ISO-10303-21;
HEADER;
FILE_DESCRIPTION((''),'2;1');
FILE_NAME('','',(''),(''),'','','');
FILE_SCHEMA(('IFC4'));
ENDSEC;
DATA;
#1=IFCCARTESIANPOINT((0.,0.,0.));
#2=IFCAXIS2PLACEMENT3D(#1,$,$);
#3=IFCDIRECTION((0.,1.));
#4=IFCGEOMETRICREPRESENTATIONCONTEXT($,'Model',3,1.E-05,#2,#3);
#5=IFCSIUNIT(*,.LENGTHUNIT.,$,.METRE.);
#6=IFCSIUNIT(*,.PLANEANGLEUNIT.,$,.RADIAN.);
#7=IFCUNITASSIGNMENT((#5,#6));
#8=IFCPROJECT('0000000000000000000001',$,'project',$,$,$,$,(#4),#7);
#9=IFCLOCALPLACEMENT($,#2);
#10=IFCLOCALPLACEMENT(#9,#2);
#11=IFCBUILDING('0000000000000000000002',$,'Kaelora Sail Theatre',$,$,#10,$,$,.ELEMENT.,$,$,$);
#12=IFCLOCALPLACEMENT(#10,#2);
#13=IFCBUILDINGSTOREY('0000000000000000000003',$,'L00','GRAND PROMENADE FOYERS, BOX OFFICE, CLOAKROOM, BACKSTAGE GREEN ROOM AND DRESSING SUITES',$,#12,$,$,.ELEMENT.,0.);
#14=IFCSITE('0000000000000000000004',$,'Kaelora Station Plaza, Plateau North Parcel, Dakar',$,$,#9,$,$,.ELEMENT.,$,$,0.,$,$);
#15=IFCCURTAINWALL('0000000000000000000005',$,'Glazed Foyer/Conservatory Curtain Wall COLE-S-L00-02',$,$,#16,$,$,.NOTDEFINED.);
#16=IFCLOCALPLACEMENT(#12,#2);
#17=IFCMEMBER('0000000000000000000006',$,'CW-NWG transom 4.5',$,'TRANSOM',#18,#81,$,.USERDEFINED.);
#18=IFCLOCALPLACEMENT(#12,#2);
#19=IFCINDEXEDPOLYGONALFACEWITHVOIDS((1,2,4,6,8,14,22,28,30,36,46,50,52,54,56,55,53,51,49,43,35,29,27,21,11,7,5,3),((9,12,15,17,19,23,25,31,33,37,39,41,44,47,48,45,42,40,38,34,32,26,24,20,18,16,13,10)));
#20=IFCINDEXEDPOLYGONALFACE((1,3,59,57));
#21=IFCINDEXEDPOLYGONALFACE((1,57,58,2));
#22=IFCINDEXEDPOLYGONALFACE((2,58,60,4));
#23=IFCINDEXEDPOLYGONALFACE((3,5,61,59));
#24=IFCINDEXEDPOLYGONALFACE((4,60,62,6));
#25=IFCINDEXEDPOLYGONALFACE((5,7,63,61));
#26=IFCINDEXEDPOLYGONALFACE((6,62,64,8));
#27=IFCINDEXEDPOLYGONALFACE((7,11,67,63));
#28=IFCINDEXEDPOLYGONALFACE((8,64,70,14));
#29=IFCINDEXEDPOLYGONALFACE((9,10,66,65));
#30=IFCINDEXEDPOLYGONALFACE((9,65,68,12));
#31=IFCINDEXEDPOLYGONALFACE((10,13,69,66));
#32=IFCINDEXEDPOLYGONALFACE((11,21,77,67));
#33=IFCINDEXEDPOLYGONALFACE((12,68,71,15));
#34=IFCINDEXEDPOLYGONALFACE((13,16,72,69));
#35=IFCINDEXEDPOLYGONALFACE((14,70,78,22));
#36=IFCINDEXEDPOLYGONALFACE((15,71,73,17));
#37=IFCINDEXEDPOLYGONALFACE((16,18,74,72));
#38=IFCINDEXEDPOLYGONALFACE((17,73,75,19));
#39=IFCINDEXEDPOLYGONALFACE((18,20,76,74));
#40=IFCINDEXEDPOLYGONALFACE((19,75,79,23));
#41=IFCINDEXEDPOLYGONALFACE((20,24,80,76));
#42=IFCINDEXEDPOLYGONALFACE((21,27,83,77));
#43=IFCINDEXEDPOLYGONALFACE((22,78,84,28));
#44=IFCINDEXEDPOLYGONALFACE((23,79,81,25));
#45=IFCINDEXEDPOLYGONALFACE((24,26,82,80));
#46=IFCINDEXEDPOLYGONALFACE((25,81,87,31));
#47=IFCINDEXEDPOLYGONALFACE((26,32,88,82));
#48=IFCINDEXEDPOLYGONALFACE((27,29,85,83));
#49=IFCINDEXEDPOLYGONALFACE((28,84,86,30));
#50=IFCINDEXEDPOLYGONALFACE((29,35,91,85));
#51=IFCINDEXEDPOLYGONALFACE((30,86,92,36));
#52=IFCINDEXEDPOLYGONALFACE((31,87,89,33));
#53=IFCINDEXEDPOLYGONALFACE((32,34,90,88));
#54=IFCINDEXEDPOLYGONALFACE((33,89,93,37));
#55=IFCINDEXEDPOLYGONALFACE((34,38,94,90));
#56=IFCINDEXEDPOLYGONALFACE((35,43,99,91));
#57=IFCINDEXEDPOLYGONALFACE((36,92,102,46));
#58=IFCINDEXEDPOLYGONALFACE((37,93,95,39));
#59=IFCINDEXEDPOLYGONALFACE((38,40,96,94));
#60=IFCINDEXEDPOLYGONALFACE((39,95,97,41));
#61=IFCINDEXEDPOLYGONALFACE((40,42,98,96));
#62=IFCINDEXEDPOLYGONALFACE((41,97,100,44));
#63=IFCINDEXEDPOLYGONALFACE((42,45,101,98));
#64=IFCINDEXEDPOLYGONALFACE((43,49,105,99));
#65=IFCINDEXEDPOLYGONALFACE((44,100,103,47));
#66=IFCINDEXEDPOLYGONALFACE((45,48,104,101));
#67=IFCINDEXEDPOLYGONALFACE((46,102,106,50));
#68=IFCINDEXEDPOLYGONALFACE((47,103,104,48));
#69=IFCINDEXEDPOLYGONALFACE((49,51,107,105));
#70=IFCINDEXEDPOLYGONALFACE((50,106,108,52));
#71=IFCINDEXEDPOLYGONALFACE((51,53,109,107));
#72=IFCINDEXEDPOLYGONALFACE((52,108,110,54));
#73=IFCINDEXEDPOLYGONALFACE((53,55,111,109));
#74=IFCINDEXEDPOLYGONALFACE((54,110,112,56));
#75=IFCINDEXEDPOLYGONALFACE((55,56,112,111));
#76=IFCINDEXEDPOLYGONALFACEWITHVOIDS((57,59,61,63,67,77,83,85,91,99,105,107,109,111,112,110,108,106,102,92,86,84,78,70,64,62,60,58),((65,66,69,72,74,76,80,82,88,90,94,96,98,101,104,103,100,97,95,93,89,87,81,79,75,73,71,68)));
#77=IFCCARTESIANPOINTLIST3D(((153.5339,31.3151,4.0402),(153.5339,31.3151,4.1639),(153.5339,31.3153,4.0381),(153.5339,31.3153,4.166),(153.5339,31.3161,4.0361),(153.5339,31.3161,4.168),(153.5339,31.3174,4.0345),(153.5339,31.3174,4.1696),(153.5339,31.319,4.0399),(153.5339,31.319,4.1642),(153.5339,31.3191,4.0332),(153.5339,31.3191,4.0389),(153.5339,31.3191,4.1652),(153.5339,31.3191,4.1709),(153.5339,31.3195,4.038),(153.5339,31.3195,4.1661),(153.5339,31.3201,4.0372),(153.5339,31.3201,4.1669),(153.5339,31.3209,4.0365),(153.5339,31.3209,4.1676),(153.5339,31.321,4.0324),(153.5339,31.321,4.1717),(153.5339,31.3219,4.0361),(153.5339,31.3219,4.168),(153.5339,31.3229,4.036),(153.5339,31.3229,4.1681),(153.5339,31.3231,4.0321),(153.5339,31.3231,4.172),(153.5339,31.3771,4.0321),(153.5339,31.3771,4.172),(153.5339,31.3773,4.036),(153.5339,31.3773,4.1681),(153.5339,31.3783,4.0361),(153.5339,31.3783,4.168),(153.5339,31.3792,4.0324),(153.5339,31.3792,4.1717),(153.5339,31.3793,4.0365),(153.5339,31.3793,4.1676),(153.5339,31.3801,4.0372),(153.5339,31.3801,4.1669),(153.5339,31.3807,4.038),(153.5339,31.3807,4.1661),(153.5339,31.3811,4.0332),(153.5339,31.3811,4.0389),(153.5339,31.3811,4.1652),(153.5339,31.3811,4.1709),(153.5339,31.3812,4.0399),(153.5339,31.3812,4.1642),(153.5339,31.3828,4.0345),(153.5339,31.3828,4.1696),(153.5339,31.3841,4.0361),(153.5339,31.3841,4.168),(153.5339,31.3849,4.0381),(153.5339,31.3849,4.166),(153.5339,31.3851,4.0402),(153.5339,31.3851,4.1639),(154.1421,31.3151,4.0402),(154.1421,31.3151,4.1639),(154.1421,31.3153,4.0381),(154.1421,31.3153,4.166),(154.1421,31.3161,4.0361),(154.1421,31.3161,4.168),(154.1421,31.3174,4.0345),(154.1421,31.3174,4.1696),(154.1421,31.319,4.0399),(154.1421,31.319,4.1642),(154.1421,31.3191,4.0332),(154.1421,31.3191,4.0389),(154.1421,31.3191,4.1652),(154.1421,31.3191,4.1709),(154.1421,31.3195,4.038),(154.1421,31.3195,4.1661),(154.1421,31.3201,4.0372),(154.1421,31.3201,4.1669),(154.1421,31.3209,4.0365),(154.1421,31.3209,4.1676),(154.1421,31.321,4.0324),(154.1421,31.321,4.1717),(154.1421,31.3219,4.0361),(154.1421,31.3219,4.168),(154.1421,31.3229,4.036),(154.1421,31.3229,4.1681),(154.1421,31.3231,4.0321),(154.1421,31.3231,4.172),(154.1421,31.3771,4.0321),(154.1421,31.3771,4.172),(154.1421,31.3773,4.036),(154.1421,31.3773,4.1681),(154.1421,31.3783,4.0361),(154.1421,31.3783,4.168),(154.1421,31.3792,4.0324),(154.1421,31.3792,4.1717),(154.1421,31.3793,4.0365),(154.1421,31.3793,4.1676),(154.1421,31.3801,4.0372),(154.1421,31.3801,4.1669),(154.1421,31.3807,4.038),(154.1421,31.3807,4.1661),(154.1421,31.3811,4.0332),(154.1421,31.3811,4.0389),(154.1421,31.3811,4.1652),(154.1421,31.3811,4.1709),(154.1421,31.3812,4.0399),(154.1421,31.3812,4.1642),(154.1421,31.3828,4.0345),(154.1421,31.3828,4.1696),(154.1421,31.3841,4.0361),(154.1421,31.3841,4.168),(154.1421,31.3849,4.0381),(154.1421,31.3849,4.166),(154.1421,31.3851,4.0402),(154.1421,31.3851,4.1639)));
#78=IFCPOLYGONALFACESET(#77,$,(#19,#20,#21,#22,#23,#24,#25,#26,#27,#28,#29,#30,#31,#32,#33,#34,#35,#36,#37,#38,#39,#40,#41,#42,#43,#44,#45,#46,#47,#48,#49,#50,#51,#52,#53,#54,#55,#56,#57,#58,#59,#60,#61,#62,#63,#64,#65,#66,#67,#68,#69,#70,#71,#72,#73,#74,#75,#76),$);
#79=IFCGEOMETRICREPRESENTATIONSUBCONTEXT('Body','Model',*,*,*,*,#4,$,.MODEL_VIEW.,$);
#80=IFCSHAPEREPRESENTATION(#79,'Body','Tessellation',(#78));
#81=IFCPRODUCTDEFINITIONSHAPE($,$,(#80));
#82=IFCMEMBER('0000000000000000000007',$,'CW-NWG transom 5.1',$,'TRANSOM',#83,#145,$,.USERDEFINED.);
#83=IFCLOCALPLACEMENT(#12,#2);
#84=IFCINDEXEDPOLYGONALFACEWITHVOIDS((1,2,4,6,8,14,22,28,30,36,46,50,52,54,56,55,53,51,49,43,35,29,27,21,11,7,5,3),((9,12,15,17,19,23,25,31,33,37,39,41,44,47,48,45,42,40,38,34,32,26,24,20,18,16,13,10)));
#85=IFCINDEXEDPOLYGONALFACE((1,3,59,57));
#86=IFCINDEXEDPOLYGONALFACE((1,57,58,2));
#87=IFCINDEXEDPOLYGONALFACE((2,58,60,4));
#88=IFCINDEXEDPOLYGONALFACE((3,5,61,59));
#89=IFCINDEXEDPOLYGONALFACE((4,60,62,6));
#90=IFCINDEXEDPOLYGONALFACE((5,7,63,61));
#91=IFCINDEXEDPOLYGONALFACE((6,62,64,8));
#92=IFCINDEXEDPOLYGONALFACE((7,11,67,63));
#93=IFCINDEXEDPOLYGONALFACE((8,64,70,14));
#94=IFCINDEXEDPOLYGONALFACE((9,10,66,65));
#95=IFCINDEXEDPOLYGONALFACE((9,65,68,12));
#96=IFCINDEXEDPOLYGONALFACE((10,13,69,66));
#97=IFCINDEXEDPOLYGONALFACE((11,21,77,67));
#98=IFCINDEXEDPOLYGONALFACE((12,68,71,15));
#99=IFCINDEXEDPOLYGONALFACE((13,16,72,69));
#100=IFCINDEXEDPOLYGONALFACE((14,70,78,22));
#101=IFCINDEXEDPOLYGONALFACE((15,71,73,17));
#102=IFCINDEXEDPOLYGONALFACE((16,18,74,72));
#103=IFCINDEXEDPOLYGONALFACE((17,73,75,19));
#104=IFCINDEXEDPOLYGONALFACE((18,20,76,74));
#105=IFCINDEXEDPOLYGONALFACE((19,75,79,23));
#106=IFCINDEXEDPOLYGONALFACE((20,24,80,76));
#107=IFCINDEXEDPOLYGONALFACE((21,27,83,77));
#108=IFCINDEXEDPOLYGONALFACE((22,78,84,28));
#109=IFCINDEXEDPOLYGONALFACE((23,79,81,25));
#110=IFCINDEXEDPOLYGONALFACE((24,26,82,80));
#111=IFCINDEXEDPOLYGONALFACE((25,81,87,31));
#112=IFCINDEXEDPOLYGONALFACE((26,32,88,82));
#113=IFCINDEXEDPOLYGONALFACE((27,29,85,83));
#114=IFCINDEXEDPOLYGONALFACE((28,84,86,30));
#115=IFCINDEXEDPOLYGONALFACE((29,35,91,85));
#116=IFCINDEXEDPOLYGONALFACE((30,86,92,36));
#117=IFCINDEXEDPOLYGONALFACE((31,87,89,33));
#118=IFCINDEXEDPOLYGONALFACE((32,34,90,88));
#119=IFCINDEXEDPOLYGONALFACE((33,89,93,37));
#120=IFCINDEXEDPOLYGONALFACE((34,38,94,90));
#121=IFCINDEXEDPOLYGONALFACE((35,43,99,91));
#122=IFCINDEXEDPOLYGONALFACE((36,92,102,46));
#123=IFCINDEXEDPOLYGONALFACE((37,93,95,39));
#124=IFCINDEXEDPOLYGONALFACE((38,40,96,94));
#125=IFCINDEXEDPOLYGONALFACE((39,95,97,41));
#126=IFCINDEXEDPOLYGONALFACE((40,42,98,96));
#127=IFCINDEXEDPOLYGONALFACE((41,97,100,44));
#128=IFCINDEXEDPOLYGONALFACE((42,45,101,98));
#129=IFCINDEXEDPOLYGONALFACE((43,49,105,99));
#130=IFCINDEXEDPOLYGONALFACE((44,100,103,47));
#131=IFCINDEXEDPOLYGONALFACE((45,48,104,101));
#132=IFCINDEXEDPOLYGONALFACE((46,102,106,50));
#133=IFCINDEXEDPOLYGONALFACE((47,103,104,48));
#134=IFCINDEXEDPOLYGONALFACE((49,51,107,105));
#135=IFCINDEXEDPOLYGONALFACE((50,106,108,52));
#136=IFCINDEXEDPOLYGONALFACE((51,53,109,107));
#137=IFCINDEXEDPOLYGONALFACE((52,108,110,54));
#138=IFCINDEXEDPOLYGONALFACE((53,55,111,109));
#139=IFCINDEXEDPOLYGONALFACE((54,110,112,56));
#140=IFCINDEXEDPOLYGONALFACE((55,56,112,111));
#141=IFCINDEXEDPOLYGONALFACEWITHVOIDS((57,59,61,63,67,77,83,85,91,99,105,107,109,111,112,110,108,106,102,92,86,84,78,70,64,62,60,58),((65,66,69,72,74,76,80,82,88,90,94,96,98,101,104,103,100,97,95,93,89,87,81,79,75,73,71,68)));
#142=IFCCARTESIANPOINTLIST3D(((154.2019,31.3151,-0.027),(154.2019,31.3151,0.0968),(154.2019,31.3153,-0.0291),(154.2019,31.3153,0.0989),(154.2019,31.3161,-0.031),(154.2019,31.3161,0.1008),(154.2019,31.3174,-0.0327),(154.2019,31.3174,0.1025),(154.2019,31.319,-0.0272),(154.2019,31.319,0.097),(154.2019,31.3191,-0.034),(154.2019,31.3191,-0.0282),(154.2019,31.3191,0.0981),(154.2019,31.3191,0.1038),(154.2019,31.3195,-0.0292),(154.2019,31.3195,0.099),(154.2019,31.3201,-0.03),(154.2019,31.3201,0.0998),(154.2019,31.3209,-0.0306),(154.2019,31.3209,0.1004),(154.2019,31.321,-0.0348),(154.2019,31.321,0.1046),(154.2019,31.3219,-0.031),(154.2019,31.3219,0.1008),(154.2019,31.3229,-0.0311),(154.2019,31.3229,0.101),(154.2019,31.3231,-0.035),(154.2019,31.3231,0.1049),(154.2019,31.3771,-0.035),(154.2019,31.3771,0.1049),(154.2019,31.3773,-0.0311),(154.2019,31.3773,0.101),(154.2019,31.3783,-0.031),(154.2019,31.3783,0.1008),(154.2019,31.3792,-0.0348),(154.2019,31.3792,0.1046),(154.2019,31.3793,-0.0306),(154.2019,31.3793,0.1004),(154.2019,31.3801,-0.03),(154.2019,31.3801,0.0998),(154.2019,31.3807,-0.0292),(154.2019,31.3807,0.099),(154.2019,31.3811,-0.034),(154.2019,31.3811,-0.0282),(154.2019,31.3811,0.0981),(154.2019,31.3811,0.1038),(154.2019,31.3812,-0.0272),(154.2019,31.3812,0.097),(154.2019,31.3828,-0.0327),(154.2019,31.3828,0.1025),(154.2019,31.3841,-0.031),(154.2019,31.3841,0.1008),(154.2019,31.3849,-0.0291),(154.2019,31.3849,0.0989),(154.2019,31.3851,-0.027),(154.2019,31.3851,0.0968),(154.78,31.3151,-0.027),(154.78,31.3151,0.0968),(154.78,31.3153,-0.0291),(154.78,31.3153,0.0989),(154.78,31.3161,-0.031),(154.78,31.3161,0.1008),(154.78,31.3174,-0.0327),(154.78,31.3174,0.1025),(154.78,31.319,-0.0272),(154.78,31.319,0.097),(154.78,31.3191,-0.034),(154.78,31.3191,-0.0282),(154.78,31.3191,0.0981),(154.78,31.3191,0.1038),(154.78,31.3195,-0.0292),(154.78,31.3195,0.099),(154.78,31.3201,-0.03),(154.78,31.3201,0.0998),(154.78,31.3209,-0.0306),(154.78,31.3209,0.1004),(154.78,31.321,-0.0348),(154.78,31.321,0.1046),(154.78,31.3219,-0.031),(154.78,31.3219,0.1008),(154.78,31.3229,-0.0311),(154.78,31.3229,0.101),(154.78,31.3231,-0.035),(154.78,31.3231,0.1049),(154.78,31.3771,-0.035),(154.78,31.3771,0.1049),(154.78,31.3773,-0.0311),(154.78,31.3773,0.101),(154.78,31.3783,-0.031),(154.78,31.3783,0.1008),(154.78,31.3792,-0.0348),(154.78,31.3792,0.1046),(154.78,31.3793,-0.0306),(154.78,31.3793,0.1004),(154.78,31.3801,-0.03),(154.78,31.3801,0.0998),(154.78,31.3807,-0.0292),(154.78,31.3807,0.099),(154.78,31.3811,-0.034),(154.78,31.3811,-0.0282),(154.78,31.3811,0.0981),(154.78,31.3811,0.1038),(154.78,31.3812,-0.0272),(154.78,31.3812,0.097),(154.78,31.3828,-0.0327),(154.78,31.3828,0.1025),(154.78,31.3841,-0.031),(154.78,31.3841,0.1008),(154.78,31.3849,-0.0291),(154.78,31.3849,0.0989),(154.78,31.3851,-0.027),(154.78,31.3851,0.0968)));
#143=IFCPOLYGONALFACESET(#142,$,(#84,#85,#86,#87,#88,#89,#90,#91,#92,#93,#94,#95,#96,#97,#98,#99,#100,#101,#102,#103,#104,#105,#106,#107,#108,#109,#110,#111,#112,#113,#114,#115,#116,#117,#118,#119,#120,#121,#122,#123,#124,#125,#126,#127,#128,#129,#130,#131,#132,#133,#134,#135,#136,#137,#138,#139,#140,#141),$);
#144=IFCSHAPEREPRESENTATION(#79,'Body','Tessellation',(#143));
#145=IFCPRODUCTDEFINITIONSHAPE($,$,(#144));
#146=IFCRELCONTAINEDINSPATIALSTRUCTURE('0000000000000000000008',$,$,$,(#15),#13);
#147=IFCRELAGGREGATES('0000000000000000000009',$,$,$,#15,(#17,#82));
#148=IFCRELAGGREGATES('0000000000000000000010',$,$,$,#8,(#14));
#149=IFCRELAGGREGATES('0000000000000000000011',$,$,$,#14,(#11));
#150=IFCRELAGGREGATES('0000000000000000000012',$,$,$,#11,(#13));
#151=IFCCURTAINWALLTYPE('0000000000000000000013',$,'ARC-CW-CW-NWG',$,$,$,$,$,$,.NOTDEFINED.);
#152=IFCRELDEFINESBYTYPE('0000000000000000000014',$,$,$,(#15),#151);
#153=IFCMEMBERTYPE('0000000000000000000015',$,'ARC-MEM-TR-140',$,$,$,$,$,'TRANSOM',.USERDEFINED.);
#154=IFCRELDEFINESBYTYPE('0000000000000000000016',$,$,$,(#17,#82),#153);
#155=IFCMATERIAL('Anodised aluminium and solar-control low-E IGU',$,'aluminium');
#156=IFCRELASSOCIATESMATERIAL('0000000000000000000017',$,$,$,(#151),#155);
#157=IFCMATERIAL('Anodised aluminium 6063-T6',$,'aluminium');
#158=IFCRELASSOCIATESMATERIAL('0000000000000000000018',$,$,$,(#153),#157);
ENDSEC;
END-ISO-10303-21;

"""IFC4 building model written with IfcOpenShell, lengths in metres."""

from ifc_helpers import new_model, si_unit, direction, frame, origin, origin_2d, place, context, subcontext, project, spatial, hollow_rectangle, extrude, material, material_profile, profile_set, type_object, element, aggregate, save


model = new_model("IFC4")

# Units and contexts
model_context = context("Model", 3, precision=1e-05, world=origin(), true_north=direction((0.0, 1.0)))
body_context = subcontext(model_context, "Body", "Model", "MODEL_VIEW")
ifc_project = project(units=[si_unit("LENGTHUNIT", "METRE"), si_unit("PLANEANGLEUNIT", "RADIAN")], contexts=[model_context])

# Site, building, storey
site_placement = place(None, origin())
site = spatial("IfcSite", under=ifc_project, at=site_placement, Name="Kaelora Station Plaza, Plateau North Parcel, Dakar", CompositionType="ELEMENT", RefElevation=0.0)
building_placement = place(site_placement, origin())
building = spatial("IfcBuilding", under=site, at=building_placement, Name="Kaelora Sail Theatre", CompositionType="ELEMENT")
storey_placement = place(building_placement, origin())
storey = spatial("IfcBuildingStorey", under=building, at=storey_placement, Name="L00", Description="GRAND PROMENADE FOYERS, BOX OFFICE, CLOAKROOM, BACKSTAGE GREEN ROOM AND DRESSING SUITES", CompositionType="ELEMENT", Elevation=0.0)

# Curtain wall, members
ifc_material_1 = material(Name="Anodised aluminium and solar-control low-E IGU", Category="aluminium")
curtain_wall_type = type_object("IfcCurtainWallType", Name="ARC-CW-CW-NWG", PredefinedType="NOTDEFINED", material=ifc_material_1)
curtain_wall_placement = place(storey_placement, origin())
curtain_wall = element("IfcCurtainWall", 1, at=curtain_wall_placement, inside=storey, type_object=curtain_wall_type, Name="Glazed Foyer/Conservatory Curtain Wall COLE-S-L00-02", PredefinedType="NOTDEFINED")
ifc_material_2 = material(Name="Anodised aluminium 6063-T6", Category="aluminium")
ifc_material_profile_1 = material_profile(ifc_material_2, hollow_rectangle(XDim=0.0701, YDim=0.1399, WallThickness=0.0039, InnerFilletRadius=0.0039, OuterFilletRadius=0.0081, at=origin_2d()), Name="ALU-TRAN 70x140x4")
ifc_profile_set_1 = profile_set([ifc_material_profile_1], Name="Anodised aluminium 6063-T6")
member_type_1 = type_object("IfcMemberType", Name="ARC-MEM-TR-140", ElementType="TRANSOM", PredefinedType="USERDEFINED", material=ifc_profile_set_1)
member_1_placement = place(storey_placement, frame((153.5339, 31.3501, 4.1021), z_axis=(1.0, 0.0, 0.0), x_axis=(0.0, 1.0, 0.0)))
member_1 = element("IfcMember", 2, at=member_1_placement, type_object=member_type_1, Name="CW-NWG transom 4.5", ObjectType="TRANSOM", PredefinedType="USERDEFINED", context=body_context, shape_type="SweptSolid", body=[
    extrude(hollow_rectangle(XDim=0.0701, YDim=0.1399, WallThickness=0.0039, InnerFilletRadius=0.0039, OuterFilletRadius=0.0081, at=origin_2d()), origin(), (0.0, 0.0, 1.0), 0.6082),
])
member_2_placement = place(storey_placement, frame((154.2019, 31.3501, 0.0349), z_axis=(1.0, 0.0, 0.0), x_axis=(0.0, 1.0, 0.0)))
member_2 = element("IfcMember", 3, at=member_2_placement, type_object=member_type_1, Name="CW-NWG transom 5.1", ObjectType="TRANSOM", PredefinedType="USERDEFINED", context=body_context, shape_type="SweptSolid", body=[
    extrude(hollow_rectangle(XDim=0.0701, YDim=0.1399, WallThickness=0.0039, InnerFilletRadius=0.0039, OuterFilletRadius=0.0081, at=origin_2d()), origin(), (0.0, 0.0, 1.0), 0.5781),
])
aggregate(curtain_wall, [member_1, member_2])

save(model, "model.ifc")
